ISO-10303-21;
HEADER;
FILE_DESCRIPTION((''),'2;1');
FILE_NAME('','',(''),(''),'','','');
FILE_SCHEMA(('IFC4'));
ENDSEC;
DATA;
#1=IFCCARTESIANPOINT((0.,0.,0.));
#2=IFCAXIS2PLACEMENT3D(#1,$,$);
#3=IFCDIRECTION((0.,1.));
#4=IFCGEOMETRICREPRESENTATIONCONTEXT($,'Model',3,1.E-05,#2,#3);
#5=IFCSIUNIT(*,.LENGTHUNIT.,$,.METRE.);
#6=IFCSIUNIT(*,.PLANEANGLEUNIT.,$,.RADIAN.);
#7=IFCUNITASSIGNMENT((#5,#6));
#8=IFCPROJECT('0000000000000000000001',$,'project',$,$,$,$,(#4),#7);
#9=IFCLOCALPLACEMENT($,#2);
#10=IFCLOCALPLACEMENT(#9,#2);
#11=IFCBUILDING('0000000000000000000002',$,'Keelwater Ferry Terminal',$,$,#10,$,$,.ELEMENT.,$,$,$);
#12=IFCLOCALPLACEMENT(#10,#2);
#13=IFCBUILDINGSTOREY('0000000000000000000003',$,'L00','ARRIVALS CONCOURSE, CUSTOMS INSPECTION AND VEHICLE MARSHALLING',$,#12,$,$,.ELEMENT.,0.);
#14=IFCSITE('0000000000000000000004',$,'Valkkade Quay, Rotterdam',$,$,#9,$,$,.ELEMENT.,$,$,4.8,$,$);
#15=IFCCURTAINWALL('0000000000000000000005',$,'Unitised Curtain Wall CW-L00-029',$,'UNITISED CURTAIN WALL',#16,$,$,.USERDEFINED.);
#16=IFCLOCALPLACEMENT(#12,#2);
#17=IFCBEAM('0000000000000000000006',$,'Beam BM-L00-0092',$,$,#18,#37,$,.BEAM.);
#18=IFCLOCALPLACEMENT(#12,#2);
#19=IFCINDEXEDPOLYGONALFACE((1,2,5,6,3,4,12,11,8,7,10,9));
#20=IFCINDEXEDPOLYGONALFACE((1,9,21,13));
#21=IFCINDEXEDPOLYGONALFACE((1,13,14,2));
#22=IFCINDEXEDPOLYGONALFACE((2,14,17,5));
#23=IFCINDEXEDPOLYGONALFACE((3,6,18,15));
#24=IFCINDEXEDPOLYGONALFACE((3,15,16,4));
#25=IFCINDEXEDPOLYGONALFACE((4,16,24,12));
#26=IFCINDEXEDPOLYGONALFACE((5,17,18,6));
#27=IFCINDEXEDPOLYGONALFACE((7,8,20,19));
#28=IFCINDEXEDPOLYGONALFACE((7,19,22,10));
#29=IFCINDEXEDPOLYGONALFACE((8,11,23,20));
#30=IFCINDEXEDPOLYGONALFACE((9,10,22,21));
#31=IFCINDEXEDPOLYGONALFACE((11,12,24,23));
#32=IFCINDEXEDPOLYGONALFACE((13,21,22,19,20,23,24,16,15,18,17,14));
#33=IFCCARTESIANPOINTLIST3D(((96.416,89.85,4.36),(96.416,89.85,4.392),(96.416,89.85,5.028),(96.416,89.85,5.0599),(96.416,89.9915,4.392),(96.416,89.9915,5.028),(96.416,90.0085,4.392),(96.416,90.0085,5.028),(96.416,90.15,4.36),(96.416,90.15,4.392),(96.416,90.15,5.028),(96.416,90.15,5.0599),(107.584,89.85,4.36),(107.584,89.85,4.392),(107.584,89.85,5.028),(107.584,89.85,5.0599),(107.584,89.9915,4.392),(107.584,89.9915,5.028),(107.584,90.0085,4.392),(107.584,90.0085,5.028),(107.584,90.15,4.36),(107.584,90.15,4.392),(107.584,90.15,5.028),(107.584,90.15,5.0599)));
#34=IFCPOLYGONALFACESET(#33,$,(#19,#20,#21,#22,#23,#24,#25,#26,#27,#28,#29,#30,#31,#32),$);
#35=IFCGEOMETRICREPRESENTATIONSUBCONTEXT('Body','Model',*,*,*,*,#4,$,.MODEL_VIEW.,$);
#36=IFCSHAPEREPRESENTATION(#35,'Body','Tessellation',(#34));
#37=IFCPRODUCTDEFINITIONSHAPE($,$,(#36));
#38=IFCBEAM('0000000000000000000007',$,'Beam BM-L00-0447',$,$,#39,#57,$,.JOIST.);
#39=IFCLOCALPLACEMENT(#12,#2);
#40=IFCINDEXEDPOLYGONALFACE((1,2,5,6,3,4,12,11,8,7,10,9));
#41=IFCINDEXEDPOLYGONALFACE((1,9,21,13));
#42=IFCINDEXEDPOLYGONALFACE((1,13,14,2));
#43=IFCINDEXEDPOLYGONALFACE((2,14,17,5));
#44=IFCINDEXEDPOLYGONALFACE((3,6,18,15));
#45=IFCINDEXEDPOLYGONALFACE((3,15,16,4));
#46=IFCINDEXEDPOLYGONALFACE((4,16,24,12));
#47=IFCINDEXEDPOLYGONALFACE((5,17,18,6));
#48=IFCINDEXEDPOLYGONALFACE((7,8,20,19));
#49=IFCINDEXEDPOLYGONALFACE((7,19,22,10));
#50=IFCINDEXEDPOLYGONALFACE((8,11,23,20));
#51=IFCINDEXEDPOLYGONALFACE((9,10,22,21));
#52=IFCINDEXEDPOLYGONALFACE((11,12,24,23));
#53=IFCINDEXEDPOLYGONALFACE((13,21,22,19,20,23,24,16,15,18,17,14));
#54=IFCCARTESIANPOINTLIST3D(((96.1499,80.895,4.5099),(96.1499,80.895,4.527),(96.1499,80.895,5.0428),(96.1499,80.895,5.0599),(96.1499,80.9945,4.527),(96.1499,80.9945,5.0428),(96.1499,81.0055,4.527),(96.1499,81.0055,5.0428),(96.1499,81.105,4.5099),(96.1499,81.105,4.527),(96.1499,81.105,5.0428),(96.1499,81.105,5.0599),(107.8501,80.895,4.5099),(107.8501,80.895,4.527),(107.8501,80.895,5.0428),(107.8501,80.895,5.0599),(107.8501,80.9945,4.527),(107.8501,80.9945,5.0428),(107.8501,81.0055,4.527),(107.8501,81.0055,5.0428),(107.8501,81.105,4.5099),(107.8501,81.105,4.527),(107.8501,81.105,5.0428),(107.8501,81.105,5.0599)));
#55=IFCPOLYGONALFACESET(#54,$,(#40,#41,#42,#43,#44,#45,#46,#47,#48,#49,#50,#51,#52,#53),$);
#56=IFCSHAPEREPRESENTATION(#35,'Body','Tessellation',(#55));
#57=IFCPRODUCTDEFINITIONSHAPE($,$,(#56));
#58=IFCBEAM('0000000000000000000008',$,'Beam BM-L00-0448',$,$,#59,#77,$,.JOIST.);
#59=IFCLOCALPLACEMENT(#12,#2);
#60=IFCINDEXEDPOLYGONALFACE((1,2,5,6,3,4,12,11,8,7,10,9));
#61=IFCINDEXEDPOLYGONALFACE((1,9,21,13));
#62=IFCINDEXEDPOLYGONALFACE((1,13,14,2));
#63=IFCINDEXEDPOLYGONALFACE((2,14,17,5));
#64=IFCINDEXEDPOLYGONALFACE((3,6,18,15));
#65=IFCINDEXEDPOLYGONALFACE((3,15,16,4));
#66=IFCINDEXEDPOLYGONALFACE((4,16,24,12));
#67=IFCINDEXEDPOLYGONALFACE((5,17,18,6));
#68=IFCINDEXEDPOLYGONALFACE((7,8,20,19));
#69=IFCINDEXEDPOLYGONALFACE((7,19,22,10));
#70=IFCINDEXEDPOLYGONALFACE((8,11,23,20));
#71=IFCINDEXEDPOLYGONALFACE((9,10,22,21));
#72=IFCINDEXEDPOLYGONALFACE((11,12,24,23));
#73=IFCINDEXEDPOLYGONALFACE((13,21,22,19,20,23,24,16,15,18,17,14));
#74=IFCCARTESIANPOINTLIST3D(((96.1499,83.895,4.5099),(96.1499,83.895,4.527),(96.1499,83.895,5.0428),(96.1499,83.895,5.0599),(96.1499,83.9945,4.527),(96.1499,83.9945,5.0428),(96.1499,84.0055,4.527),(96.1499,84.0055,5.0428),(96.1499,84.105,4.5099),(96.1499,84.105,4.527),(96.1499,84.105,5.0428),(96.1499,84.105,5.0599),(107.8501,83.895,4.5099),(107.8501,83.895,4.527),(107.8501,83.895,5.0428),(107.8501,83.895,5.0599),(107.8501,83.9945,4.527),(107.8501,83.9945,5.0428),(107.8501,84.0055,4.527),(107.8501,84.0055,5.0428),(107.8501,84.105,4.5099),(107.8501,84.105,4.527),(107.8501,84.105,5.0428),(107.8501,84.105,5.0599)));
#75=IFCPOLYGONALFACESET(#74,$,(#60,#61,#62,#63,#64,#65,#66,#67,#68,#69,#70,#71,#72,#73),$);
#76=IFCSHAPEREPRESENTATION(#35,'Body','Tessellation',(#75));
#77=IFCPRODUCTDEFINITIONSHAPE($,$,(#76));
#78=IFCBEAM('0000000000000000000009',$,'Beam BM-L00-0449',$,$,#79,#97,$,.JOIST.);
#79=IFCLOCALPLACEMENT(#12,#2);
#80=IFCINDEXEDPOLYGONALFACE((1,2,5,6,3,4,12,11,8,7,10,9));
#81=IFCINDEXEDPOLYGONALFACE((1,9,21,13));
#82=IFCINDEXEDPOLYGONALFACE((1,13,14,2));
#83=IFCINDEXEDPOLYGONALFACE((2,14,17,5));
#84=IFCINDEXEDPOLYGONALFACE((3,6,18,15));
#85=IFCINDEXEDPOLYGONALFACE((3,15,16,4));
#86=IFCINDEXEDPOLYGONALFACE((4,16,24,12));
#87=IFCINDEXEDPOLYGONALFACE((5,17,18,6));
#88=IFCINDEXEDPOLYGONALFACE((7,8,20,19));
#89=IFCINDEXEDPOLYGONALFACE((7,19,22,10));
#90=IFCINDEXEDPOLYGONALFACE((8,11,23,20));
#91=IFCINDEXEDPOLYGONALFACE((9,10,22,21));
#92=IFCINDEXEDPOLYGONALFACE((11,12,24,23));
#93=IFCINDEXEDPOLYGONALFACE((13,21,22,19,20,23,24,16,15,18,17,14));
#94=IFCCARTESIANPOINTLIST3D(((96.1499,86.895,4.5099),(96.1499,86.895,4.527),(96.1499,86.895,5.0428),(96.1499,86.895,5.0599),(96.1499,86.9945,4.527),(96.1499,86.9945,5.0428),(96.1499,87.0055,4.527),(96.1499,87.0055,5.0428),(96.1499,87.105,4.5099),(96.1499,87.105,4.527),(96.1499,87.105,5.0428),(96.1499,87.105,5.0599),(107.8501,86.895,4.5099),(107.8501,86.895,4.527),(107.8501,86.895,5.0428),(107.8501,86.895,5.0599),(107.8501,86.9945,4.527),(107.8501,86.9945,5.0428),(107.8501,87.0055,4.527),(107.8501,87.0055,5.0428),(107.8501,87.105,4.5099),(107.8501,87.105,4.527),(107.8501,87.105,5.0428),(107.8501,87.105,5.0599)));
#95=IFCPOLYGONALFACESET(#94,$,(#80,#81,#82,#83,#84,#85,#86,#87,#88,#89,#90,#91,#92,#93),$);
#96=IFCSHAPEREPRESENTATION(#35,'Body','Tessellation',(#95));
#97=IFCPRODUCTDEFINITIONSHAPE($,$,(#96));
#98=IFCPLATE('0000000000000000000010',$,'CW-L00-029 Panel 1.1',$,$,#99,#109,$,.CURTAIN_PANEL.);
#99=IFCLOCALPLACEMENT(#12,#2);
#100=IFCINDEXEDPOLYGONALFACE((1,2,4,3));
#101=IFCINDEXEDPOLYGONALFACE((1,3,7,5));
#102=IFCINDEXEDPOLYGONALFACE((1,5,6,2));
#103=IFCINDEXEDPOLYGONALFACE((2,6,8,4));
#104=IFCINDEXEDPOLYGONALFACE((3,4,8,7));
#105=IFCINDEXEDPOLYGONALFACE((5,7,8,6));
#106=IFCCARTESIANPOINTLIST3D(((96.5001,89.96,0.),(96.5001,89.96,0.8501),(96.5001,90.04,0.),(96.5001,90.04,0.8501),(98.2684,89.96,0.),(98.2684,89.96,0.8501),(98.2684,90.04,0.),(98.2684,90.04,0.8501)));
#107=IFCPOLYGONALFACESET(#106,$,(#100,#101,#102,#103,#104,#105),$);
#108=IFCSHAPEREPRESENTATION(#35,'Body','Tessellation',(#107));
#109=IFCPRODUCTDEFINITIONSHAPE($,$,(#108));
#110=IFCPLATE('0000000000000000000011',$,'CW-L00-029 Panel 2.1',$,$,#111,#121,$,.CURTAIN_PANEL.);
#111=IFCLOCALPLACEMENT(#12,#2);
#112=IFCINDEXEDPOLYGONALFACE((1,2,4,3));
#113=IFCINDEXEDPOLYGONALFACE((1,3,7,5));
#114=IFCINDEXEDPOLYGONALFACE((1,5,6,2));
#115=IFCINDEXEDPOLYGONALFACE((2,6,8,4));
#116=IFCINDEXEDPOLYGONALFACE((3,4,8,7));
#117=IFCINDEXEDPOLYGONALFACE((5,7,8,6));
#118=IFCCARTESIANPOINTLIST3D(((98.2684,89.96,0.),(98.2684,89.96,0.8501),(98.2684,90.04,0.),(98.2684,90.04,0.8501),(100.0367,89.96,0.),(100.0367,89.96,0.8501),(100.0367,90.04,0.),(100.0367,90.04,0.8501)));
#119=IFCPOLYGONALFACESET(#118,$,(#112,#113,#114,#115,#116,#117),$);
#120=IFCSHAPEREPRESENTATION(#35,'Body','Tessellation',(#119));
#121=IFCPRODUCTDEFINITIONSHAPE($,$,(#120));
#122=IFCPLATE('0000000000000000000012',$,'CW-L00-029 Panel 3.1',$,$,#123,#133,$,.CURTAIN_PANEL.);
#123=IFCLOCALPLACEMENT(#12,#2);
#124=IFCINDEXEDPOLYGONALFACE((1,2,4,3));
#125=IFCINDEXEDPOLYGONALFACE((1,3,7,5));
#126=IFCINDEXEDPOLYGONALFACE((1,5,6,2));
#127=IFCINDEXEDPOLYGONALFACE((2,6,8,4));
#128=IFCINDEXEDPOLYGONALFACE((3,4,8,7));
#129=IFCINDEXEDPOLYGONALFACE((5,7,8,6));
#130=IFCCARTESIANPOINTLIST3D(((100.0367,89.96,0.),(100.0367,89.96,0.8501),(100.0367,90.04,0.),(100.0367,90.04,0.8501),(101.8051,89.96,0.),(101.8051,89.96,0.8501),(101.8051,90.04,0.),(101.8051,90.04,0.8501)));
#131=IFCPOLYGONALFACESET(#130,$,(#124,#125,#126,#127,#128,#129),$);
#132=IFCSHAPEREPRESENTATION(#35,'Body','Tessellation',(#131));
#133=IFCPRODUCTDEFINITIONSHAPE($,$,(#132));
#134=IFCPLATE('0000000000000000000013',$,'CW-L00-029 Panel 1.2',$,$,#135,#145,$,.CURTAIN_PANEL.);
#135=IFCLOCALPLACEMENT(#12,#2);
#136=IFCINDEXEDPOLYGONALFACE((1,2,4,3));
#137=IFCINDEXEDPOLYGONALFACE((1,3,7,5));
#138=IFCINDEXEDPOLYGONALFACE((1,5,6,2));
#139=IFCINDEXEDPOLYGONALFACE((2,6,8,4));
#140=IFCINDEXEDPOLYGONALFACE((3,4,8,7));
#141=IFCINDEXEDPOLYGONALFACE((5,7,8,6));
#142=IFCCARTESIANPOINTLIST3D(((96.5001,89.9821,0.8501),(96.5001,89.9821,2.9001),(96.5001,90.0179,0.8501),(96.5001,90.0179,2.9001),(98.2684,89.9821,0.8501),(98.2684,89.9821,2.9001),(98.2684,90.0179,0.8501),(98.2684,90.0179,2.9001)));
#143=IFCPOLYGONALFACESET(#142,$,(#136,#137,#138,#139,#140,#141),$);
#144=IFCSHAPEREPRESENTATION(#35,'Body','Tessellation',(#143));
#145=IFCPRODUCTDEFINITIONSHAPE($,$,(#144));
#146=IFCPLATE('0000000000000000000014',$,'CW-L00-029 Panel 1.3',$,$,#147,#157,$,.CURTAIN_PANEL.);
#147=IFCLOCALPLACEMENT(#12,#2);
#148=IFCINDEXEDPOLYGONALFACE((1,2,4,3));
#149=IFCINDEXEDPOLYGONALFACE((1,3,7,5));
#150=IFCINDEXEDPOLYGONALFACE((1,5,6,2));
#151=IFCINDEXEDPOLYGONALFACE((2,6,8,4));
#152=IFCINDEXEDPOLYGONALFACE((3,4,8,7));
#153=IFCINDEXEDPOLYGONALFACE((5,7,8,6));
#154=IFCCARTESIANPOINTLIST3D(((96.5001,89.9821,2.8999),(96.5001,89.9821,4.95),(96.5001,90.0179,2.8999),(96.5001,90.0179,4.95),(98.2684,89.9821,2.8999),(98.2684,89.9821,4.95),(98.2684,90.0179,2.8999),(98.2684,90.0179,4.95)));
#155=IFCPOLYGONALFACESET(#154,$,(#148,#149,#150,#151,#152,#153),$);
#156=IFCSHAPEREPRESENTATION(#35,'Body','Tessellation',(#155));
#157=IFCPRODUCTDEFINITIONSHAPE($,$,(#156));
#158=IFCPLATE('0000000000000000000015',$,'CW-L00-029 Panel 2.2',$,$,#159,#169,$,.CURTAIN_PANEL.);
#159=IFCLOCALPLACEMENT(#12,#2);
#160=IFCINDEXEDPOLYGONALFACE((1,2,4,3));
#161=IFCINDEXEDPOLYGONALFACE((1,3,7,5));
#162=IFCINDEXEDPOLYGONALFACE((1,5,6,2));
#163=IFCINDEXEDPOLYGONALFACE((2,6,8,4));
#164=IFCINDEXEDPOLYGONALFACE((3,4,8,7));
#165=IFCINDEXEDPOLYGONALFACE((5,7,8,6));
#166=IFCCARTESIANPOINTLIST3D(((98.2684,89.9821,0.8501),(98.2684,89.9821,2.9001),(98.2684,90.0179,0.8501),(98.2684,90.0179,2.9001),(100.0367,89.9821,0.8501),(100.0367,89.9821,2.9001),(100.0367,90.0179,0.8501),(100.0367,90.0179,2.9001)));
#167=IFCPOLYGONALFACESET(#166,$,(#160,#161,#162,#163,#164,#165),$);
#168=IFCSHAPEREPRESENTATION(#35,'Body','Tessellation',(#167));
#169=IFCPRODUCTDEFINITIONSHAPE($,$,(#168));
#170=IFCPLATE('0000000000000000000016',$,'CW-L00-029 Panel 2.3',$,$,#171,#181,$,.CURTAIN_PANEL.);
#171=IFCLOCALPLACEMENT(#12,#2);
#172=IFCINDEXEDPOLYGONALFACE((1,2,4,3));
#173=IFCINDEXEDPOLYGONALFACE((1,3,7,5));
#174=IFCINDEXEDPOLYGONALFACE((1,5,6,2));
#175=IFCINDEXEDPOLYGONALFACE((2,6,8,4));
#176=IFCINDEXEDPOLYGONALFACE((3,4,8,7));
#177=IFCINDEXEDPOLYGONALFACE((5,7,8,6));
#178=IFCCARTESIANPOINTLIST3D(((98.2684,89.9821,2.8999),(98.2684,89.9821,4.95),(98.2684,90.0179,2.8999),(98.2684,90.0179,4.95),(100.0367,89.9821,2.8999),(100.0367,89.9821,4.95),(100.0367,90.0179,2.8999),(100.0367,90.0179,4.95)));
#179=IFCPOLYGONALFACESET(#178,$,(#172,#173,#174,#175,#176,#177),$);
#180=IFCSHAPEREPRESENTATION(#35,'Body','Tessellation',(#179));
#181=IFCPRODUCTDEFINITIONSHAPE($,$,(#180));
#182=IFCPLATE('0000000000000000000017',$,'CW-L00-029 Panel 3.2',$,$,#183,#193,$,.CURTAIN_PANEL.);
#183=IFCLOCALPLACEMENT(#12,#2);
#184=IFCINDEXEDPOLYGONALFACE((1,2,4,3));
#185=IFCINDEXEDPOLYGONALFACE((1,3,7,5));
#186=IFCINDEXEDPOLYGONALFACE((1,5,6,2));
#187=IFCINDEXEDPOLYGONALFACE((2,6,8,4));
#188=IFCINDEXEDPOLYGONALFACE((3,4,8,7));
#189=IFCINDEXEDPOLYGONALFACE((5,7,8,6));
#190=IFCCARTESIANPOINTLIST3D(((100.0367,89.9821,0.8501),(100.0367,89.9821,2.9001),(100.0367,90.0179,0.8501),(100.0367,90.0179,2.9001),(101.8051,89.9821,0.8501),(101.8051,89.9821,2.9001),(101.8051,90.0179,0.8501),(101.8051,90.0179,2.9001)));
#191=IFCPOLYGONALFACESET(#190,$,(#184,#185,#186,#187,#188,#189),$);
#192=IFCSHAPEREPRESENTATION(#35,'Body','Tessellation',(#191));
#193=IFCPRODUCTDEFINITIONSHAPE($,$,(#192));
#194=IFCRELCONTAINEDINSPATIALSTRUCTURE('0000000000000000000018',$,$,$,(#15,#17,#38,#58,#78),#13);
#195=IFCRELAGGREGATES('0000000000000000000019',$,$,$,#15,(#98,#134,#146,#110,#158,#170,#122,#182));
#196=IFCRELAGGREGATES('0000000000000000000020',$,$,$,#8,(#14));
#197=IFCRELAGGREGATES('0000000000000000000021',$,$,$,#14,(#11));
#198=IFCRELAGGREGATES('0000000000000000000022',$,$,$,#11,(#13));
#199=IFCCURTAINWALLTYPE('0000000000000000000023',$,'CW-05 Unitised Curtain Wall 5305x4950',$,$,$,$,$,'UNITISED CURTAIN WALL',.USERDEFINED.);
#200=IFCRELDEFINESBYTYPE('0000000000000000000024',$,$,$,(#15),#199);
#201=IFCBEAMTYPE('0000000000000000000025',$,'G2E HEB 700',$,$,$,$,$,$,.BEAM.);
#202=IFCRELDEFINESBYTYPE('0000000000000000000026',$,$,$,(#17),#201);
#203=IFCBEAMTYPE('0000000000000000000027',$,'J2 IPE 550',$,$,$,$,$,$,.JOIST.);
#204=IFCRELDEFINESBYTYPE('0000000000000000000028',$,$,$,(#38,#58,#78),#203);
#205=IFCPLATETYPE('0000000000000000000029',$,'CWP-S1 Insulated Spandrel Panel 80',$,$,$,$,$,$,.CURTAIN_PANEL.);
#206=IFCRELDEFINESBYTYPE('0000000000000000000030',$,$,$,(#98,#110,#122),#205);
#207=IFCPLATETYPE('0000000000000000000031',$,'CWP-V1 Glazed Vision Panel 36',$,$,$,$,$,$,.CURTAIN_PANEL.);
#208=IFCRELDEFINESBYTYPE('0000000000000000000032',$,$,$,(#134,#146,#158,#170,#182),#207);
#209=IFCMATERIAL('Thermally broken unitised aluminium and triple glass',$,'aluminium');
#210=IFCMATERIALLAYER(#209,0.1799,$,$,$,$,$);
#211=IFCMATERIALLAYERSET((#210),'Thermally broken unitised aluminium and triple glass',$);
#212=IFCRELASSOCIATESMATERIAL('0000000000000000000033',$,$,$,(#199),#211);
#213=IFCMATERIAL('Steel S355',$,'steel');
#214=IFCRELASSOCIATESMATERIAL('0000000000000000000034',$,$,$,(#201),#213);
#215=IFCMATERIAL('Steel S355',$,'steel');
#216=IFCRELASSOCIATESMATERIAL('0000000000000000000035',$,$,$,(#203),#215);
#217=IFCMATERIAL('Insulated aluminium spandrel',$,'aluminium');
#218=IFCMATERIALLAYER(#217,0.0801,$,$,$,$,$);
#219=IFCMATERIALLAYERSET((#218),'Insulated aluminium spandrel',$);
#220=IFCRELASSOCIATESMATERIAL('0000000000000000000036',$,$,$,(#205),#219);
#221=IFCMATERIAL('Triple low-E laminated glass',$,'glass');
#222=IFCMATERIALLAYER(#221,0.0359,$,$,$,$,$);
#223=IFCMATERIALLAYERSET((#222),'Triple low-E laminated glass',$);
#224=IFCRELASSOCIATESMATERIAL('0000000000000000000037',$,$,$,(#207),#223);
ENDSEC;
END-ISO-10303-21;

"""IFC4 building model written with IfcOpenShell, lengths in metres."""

from ifc_helpers import new_model, si_unit, direction, frame, origin, origin_2d, place, context, subcontext, project, spatial, rectangle, i_section, extrude, material, layer, layer_set, material_profile, profile_set, type_object, element, aggregate, save


model = new_model("IFC4")

# Units and contexts
model_context = context("Model", 3, precision=1e-05, world=origin(), true_north=direction((0.0, 1.0)))
body_context = subcontext(model_context, "Body", "Model", "MODEL_VIEW")
ifc_project = project(units=[si_unit("LENGTHUNIT", "METRE"), si_unit("PLANEANGLEUNIT", "RADIAN")], contexts=[model_context])

# Site, building, storey
site_placement = place(None, origin())
site = spatial("IfcSite", under=ifc_project, at=site_placement, Name="Valkkade Quay, Rotterdam", CompositionType="ELEMENT", RefElevation=4.8)
building_placement = place(site_placement, origin())
building = spatial("IfcBuilding", under=site, at=building_placement, Name="Keelwater Ferry Terminal", CompositionType="ELEMENT")
storey_placement = place(building_placement, origin())
storey = spatial("IfcBuildingStorey", under=building, at=storey_placement, Name="L00", Description="ARRIVALS CONCOURSE, CUSTOMS INSPECTION AND VEHICLE MARSHALLING", CompositionType="ELEMENT", Elevation=0.0)

# Curtain wall
ifc_material_1 = material(Name="Thermally broken unitised aluminium and triple glass", Category="aluminium")
ifc_layer_1 = layer(ifc_material_1, 0.1799)
ifc_layer_set_1 = layer_set([ifc_layer_1], Name="Thermally broken unitised aluminium and triple glass")
curtain_wall_type = type_object("IfcCurtainWallType", Name="CW-05 Unitised Curtain Wall 5305x4950", ElementType="UNITISED CURTAIN WALL", PredefinedType="USERDEFINED", material=ifc_layer_set_1)
curtain_wall_1_placement = place(storey_placement, origin())
curtain_wall_1 = element("IfcCurtainWall", 1, at=curtain_wall_1_placement, inside=storey, type_object=curtain_wall_type, Name="Unitised Curtain Wall CW-L00-029", ObjectType="UNITISED CURTAIN WALL", PredefinedType="USERDEFINED")

# Beams
ifc_material_2 = material(Name="Steel S355", Category="steel")
ifc_material_profile_1 = material_profile(ifc_material_2, i_section(OverallWidth=0.3, OverallDepth=0.7, WebThickness=0.0171, FlangeThickness=0.032, at=origin_2d()), Name="HEB 700")
ifc_profile_set_1 = profile_set([ifc_material_profile_1], Name="Steel S355")
beam_type_1 = type_object("IfcBeamType", Name="G2E HEB 700", PredefinedType="BEAM", material=ifc_profile_set_1)
beam_placement = place(storey_placement, frame((96.416, 90.0, 4.71), z_axis=(1.0, 0.0, 0.0), x_axis=(0.0, 1.0, 0.0)))
element("IfcBeam", 2, at=beam_placement, inside=storey, type_object=beam_type_1, Name="Beam BM-L00-0092", PredefinedType="BEAM", context=body_context, shape_type="SweptSolid", body=[
    extrude(i_section(OverallWidth=0.3, OverallDepth=0.7, WebThickness=0.0171, FlangeThickness=0.032, at=origin_2d()), origin(), (0.0, 0.0, 1.0), 11.168),
])
ifc_material_3 = material(Name="Steel S355", Category="steel")
ifc_material_profile_2 = material_profile(ifc_material_3, i_section(OverallWidth=0.21, OverallDepth=0.55, WebThickness=0.011, FlangeThickness=0.0171, at=origin_2d()), Name="IPE 550")
ifc_profile_set_2 = profile_set([ifc_material_profile_2], Name="Steel S355")
beam_type_2 = type_object("IfcBeamType", Name="J2 IPE 550", PredefinedType="JOIST", material=ifc_profile_set_2)
for number, where, z_axis, x_axis, name in (
    (3, (96.1499, 81.0, 4.7849), (1.0, 0.0, 0.0), (0.0, 1.0, 0.0), "Beam BM-L00-0447"),
    (4, (96.1499, 84.0, 4.7849), (1.0, 0.0, 0.0), (0.0, 1.0, 0.0), "Beam BM-L00-0448"),
    (5, (96.1499, 87.0, 4.7849), (1.0, 0.0, 0.0), (0.0, 1.0, 0.0), "Beam BM-L00-0449"),
):
    element("IfcBeam", number, at=place(storey_placement, frame(where, z_axis=z_axis, x_axis=x_axis)), inside=storey, type_object=beam_type_2, Name=name, PredefinedType="JOIST", context=body_context, shape_type="SweptSolid", body=[
        extrude(i_section(OverallWidth=0.21, OverallDepth=0.55, WebThickness=0.011, FlangeThickness=0.0171, at=origin_2d()), origin(), (0.0, 0.0, 1.0), 11.7002),
    ])

# Plates
ifc_material_4 = material(Name="Insulated aluminium spandrel", Category="aluminium")
ifc_layer_2 = layer(ifc_material_4, 0.0801)
ifc_layer_set_2 = layer_set([ifc_layer_2], Name="Insulated aluminium spandrel")
plate_type_1 = type_object("IfcPlateType", Name="CWP-S1 Insulated Spandrel Panel 80", PredefinedType="CURTAIN_PANEL", material=ifc_layer_set_2)
plate_1_placement = place(storey_placement, frame((97.3843, 90.0, 0.0), z_axis=(0.0, 0.0, 1.0), x_axis=(1.0, 0.0, 0.0)))
plate_1 = element("IfcPlate", 6, at=plate_1_placement, type_object=plate_type_1, Name="CW-L00-029 Panel 1.1", PredefinedType="CURTAIN_PANEL", context=body_context, shape_type="SweptSolid", body=[
    extrude(rectangle(XDim=1.7683, YDim=0.0801, at=origin_2d()), origin(), (0.0, 0.0, 1.0), 0.8501),
])
plate_2_placement = place(storey_placement, frame((99.1526, 90.0, 0.0), z_axis=(0.0, 0.0, 1.0), x_axis=(1.0, 0.0, 0.0)))
plate_2 = element("IfcPlate", 7, at=plate_2_placement, type_object=plate_type_1, Name="CW-L00-029 Panel 2.1", PredefinedType="CURTAIN_PANEL", context=body_context, shape_type="SweptSolid", body=[
    extrude(rectangle(XDim=1.7683, YDim=0.0801, at=origin_2d()), origin(), (0.0, 0.0, 1.0), 0.8501),
])
plate_3_placement = place(storey_placement, frame((100.9209, 90.0, 0.0), z_axis=(0.0, 0.0, 1.0), x_axis=(1.0, 0.0, 0.0)))
plate_3 = element("IfcPlate", 8, at=plate_3_placement, type_object=plate_type_1, Name="CW-L00-029 Panel 3.1", PredefinedType="CURTAIN_PANEL", context=body_context, shape_type="SweptSolid", body=[
    extrude(rectangle(XDim=1.7683, YDim=0.0801, at=origin_2d()), origin(), (0.0, 0.0, 1.0), 0.8501),
])
ifc_material_5 = material(Name="Triple low-E laminated glass", Category="glass")
ifc_layer_3 = layer(ifc_material_5, 0.0359)
ifc_layer_set_3 = layer_set([ifc_layer_3], Name="Triple low-E laminated glass")
plate_type_2 = type_object("IfcPlateType", Name="CWP-V1 Glazed Vision Panel 36", PredefinedType="CURTAIN_PANEL", material=ifc_layer_set_3)
plate_4_placement = place(storey_placement, frame((97.3843, 90.0, 0.8501), z_axis=(0.0, 0.0, 1.0), x_axis=(1.0, 0.0, 0.0)))
plate_4 = element("IfcPlate", 9, at=plate_4_placement, type_object=plate_type_2, Name="CW-L00-029 Panel 1.2", PredefinedType="CURTAIN_PANEL", context=body_context, shape_type="SweptSolid", body=[
    extrude(rectangle(XDim=1.7683, YDim=0.0359, at=origin_2d()), origin(), (0.0, 0.0, 1.0), 2.05),
])
plate_5_placement = place(storey_placement, frame((97.3843, 90.0, 2.8999), z_axis=(0.0, 0.0, 1.0), x_axis=(1.0, 0.0, 0.0)))
plate_5 = element("IfcPlate", 10, at=plate_5_placement, type_object=plate_type_2, Name="CW-L00-029 Panel 1.3", PredefinedType="CURTAIN_PANEL", context=body_context, shape_type="SweptSolid", body=[
    extrude(rectangle(XDim=1.7683, YDim=0.0359, at=origin_2d()), origin(), (0.0, 0.0, 1.0), 2.05),
])
plate_6_placement = place(storey_placement, frame((99.1526, 90.0, 0.8501), z_axis=(0.0, 0.0, 1.0), x_axis=(1.0, 0.0, 0.0)))
plate_6 = element("IfcPlate", 11, at=plate_6_placement, type_object=plate_type_2, Name="CW-L00-029 Panel 2.2", PredefinedType="CURTAIN_PANEL", context=body_context, shape_type="SweptSolid", body=[
    extrude(rectangle(XDim=1.7683, YDim=0.0359, at=origin_2d()), origin(), (0.0, 0.0, 1.0), 2.05),
])
plate_7_placement = place(storey_placement, frame((99.1526, 90.0, 2.8999), z_axis=(0.0, 0.0, 1.0), x_axis=(1.0, 0.0, 0.0)))
plate_7 = element("IfcPlate", 12, at=plate_7_placement, type_object=plate_type_2, Name="CW-L00-029 Panel 2.3", PredefinedType="CURTAIN_PANEL", context=body_context, shape_type="SweptSolid", body=[
    extrude(rectangle(XDim=1.7683, YDim=0.0359, at=origin_2d()), origin(), (0.0, 0.0, 1.0), 2.05),
])
plate_8_placement = place(storey_placement, frame((100.9209, 90.0, 0.8501), z_axis=(0.0, 0.0, 1.0), x_axis=(1.0, 0.0, 0.0)))
plate_8 = element("IfcPlate", 13, at=plate_8_placement, type_object=plate_type_2, Name="CW-L00-029 Panel 3.2", PredefinedType="CURTAIN_PANEL", context=body_context, shape_type="SweptSolid", body=[
    extrude(rectangle(XDim=1.7683, YDim=0.0359, at=origin_2d()), origin(), (0.0, 0.0, 1.0), 2.05),
])
aggregate(curtain_wall_1, [plate_1, plate_4, plate_5, plate_2, plate_6, plate_7, plate_3, plate_8])

save(model, "model.ifc")
